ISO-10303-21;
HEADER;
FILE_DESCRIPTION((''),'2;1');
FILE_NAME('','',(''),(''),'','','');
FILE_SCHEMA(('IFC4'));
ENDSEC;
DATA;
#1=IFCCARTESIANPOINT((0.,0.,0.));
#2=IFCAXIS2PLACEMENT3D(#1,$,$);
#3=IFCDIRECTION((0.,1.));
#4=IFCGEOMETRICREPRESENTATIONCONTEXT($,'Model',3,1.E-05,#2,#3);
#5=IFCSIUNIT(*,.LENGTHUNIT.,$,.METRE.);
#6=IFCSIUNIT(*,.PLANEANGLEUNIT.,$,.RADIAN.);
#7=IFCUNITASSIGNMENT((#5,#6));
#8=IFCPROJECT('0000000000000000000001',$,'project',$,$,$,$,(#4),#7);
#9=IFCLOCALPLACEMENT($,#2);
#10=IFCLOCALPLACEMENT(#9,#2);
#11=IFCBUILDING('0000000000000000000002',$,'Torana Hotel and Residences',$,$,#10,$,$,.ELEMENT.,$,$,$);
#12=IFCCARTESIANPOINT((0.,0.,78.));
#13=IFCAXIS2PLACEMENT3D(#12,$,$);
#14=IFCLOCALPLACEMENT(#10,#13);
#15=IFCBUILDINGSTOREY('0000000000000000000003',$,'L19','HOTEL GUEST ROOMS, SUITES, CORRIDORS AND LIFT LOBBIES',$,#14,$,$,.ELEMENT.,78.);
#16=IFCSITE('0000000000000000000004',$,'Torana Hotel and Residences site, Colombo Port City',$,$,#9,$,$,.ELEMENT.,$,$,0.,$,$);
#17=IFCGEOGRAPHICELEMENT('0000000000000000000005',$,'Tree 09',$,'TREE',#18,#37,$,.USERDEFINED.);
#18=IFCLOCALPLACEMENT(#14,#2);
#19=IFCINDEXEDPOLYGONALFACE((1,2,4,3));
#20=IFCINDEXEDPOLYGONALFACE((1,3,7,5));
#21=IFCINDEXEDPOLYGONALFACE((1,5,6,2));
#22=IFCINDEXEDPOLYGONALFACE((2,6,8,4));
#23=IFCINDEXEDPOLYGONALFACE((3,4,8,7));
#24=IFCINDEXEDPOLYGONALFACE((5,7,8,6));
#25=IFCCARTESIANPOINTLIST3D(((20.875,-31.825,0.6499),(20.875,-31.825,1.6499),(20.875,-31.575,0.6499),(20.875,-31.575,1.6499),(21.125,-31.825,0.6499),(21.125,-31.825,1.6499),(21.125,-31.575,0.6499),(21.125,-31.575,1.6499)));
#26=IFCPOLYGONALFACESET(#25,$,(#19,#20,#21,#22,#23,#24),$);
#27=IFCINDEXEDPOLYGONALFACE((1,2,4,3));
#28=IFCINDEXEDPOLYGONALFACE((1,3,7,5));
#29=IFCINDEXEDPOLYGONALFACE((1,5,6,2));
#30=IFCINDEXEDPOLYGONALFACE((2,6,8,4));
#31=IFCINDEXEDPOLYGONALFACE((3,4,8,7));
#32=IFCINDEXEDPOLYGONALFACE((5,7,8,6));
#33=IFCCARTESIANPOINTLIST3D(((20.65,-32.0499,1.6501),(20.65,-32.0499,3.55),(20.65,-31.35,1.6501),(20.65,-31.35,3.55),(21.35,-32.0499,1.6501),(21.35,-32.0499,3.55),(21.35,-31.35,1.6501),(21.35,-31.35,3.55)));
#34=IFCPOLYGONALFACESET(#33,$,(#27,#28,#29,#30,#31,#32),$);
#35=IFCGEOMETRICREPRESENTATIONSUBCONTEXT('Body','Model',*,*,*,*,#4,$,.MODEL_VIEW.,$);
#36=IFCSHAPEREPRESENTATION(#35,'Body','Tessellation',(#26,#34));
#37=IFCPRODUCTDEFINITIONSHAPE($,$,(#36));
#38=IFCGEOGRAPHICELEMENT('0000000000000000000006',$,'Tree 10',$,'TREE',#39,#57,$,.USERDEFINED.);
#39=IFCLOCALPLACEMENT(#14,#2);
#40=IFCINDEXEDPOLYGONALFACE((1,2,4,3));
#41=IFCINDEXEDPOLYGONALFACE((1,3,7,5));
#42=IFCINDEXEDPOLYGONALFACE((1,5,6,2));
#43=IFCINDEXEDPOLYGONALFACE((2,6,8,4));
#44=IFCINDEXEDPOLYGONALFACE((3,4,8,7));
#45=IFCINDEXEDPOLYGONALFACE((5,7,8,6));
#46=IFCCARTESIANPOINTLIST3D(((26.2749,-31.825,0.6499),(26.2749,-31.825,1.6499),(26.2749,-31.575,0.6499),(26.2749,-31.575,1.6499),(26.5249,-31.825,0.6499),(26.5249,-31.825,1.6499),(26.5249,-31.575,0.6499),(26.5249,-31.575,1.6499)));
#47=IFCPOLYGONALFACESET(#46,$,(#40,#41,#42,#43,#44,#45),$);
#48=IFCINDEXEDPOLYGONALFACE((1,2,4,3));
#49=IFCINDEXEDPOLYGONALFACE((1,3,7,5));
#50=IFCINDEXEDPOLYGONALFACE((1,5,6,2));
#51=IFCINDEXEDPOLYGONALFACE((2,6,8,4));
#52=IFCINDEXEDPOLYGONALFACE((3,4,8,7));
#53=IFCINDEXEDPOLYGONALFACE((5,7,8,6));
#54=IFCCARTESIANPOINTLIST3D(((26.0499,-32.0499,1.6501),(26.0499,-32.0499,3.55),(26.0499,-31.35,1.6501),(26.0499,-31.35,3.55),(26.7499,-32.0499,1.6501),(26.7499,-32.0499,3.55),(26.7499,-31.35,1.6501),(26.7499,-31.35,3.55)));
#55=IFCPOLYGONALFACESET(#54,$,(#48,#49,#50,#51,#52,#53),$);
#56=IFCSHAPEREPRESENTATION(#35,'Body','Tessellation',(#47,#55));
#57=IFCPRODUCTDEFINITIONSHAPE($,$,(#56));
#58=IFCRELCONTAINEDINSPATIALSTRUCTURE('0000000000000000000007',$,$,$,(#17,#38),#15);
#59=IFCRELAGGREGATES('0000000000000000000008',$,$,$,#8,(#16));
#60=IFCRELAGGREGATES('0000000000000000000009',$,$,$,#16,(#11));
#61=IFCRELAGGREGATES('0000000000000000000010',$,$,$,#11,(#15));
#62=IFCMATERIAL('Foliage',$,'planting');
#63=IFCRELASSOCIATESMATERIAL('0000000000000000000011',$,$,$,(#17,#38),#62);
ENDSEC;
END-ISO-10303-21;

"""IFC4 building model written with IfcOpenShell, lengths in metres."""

from ifc_helpers import new_model, si_unit, direction, frame, origin, origin_2d, place, context, subcontext, project, spatial, rectangle, extrude, material, element, save


model = new_model("IFC4")

# Units and contexts
model_context = context("Model", 3, precision=1e-05, world=origin(), true_north=direction((0.0, 1.0)))
body_context = subcontext(model_context, "Body", "Model", "MODEL_VIEW")
ifc_project = project(units=[si_unit("LENGTHUNIT", "METRE"), si_unit("PLANEANGLEUNIT", "RADIAN")], contexts=[model_context])

# Site, building, storey
site_placement = place(None, origin())
site = spatial("IfcSite", under=ifc_project, at=site_placement, Name="Torana Hotel and Residences site, Colombo Port City", CompositionType="ELEMENT", RefElevation=0.0)
building_placement = place(site_placement, origin())
building = spatial("IfcBuilding", under=site, at=building_placement, Name="Torana Hotel and Residences", CompositionType="ELEMENT")
storey_placement = place(building_placement, frame((0.0, 0.0, 78.0)))
storey = spatial("IfcBuildingStorey", under=building, at=storey_placement, Name="L19", Description="HOTEL GUEST ROOMS, SUITES, CORRIDORS AND LIFT LOBBIES", CompositionType="ELEMENT", Elevation=78.0)

# Geographic elements
ifc_material_1 = material(Name="Foliage", Category="planting")
for number, where, z_axis, x_axis, name in (
    (1, (21.0, -31.7, 0.6499), (0.0, 0.0, 1.0), (1.0, 0.0, 0.0), "Tree 09"),
    (2, (26.3999, -31.7, 0.6499), (0.0, 0.0, 1.0), (1.0, 0.0, 0.0), "Tree 10"),
):
    element("IfcGeographicElement", number, at=place(storey_placement, frame(where, z_axis=z_axis, x_axis=x_axis)), inside=storey, material=ifc_material_1, Name=name, ObjectType="TREE", PredefinedType="USERDEFINED", context=body_context, shape_type="SweptSolid", body=[
        extrude(rectangle(XDim=0.25, YDim=0.25, at=origin_2d()), origin(), (0.0, 0.0, 1.0), 1.0),
        extrude(rectangle(XDim=0.7, YDim=0.7, at=origin_2d()), frame((0.0, 0.0, 1.0002)), (0.0, 0.0, 1.0), 1.8999),
    ])

save(model, "model.ifc")
